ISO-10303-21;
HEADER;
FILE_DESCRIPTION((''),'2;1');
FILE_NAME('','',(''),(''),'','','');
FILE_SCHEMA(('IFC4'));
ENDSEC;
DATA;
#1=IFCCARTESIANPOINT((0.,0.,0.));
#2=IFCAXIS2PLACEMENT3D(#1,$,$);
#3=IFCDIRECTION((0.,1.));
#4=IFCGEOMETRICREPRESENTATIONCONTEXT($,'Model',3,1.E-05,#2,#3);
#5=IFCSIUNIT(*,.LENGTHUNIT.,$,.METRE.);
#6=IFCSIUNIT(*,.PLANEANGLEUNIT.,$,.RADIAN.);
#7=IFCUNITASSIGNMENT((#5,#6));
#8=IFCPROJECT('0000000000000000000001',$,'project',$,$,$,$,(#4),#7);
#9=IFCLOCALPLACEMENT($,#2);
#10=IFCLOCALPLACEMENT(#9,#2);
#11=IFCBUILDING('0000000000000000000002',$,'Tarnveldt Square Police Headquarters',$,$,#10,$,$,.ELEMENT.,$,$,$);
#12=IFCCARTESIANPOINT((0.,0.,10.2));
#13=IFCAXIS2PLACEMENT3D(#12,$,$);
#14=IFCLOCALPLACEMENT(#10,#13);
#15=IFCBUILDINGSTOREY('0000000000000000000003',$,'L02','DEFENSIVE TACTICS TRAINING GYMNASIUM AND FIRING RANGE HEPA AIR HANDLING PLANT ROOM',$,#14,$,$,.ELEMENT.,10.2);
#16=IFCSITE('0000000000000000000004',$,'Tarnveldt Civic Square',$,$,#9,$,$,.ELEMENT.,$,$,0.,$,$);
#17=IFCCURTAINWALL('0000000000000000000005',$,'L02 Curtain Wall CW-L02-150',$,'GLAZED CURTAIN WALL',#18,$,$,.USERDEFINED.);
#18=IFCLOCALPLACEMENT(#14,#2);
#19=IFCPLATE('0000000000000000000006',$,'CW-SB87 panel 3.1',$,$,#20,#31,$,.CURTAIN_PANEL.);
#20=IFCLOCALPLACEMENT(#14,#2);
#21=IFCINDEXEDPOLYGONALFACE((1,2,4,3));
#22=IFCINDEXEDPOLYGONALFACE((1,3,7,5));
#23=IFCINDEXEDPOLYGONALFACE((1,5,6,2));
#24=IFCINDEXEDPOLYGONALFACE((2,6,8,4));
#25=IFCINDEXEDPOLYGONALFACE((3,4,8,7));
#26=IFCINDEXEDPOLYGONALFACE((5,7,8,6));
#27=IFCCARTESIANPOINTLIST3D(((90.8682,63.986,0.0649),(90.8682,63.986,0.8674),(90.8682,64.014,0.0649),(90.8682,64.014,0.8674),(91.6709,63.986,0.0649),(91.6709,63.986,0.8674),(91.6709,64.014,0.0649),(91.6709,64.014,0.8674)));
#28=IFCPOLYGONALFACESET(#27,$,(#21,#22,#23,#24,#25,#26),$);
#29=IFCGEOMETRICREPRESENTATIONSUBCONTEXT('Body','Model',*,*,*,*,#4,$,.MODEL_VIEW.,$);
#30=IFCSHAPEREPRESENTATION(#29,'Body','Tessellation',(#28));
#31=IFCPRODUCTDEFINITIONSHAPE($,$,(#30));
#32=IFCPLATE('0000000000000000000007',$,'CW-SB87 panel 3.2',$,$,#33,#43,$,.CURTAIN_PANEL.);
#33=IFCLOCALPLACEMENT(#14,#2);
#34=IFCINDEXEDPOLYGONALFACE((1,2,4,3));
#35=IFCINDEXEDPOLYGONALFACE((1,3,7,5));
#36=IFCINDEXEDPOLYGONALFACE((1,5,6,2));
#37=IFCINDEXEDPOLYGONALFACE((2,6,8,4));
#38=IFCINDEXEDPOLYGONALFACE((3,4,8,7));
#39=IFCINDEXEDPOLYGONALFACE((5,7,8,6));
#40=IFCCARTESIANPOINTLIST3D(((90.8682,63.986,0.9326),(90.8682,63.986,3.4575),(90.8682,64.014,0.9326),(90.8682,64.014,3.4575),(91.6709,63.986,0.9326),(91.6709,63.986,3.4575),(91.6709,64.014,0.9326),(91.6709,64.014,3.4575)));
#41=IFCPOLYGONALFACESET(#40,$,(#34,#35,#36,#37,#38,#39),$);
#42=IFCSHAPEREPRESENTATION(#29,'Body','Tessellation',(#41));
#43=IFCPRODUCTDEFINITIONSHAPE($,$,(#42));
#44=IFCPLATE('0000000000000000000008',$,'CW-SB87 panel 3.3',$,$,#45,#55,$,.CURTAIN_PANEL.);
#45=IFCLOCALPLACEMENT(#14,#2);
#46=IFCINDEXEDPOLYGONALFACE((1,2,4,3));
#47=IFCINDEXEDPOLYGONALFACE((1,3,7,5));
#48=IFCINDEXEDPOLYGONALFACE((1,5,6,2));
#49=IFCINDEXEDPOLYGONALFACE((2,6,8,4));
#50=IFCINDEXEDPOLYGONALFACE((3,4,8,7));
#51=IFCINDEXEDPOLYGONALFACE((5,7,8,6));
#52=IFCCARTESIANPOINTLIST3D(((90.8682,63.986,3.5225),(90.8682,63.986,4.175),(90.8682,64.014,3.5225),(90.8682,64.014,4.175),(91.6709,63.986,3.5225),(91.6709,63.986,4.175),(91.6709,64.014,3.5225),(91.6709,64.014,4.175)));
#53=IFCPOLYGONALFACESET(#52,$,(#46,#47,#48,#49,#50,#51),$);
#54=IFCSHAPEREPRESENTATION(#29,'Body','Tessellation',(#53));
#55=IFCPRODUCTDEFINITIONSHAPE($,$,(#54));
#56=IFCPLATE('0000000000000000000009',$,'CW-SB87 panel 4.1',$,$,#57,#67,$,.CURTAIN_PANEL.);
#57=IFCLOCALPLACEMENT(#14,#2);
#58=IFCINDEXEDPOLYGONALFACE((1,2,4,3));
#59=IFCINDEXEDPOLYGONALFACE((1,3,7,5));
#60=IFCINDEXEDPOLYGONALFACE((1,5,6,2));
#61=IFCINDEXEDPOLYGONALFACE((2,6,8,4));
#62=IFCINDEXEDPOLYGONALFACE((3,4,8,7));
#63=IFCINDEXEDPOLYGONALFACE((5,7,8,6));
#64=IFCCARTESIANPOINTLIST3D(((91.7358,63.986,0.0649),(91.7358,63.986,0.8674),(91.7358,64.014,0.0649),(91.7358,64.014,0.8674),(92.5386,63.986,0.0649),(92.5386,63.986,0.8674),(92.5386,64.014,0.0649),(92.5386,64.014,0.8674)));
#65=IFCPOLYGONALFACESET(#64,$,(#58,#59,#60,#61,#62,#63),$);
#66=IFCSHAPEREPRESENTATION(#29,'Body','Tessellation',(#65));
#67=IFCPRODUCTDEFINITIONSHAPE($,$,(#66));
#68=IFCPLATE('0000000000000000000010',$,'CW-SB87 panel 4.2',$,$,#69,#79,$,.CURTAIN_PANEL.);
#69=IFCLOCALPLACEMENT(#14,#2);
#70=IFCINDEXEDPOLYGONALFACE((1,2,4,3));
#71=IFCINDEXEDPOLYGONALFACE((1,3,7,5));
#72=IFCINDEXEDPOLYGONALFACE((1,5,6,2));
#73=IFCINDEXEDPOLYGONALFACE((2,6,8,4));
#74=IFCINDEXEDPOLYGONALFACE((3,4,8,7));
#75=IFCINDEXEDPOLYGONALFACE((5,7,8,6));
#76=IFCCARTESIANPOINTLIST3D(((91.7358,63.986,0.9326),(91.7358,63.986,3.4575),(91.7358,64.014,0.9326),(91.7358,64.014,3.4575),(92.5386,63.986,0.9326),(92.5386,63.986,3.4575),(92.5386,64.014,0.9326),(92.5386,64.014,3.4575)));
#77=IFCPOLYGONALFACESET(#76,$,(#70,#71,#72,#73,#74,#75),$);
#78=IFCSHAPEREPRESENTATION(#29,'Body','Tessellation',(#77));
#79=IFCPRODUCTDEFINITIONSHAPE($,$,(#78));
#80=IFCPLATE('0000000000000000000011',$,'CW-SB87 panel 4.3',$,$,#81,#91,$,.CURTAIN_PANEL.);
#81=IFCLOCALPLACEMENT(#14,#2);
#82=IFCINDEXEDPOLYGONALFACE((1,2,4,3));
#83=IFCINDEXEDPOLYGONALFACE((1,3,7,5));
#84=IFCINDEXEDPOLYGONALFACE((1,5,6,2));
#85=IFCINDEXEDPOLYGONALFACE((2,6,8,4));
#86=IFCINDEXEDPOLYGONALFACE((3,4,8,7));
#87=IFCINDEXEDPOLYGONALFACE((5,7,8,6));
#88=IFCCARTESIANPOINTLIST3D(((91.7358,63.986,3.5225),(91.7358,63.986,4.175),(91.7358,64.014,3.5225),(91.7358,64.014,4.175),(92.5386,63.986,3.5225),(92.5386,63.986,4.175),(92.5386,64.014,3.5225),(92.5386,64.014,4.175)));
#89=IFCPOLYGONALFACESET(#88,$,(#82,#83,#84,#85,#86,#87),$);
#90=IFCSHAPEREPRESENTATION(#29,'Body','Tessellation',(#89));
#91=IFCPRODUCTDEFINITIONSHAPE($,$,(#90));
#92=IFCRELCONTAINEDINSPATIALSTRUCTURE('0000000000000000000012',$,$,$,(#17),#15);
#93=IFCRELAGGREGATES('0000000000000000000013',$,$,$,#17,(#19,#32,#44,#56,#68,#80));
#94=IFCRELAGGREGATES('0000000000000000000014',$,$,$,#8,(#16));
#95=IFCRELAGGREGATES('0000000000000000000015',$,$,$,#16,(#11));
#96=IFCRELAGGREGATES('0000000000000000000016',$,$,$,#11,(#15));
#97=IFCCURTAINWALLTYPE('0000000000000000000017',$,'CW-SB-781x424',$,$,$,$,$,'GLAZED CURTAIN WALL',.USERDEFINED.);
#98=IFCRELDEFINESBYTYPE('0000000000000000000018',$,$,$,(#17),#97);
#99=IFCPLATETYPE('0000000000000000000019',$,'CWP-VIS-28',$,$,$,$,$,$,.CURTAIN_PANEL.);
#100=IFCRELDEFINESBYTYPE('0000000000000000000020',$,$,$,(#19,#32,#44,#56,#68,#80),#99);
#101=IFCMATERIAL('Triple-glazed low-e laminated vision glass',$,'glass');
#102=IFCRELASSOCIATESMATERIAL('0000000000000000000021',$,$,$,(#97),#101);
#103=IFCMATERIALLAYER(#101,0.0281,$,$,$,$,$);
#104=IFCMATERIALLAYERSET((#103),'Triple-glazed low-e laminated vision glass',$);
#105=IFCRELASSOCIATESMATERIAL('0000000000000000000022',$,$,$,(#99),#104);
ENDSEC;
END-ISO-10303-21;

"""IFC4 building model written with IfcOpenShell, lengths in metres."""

from ifc_helpers import new_model, si_unit, direction, frame, origin, origin_2d, place, context, subcontext, project, spatial, rectangle, extrude, material, layer, layer_set, type_object, element, aggregate, save


model = new_model("IFC4")

# Units and contexts
model_context = context("Model", 3, precision=1e-05, world=origin(), true_north=direction((0.0, 1.0)))
body_context = subcontext(model_context, "Body", "Model", "MODEL_VIEW")
ifc_project = project(units=[si_unit("LENGTHUNIT", "METRE"), si_unit("PLANEANGLEUNIT", "RADIAN")], contexts=[model_context])

# Site, building, storey
site_placement = place(None, origin())
site = spatial("IfcSite", under=ifc_project, at=site_placement, Name="Tarnveldt Civic Square", CompositionType="ELEMENT", RefElevation=0.0)
building_placement = place(site_placement, origin())
building = spatial("IfcBuilding", under=site, at=building_placement, Name="Tarnveldt Square Police Headquarters", CompositionType="ELEMENT")
storey_placement = place(building_placement, frame((0.0, 0.0, 10.2)))
storey = spatial("IfcBuildingStorey", under=building, at=storey_placement, Name="L02", Description="DEFENSIVE TACTICS TRAINING GYMNASIUM AND FIRING RANGE HEPA AIR HANDLING PLANT ROOM", CompositionType="ELEMENT", Elevation=10.2)

# Curtain wall, plates
ifc_material_1 = material(Name="Triple-glazed low-e laminated vision glass", Category="glass")
curtain_wall_type = type_object("IfcCurtainWallType", Name="CW-SB-781x424", ElementType="GLAZED CURTAIN WALL", PredefinedType="USERDEFINED", material=ifc_material_1)
curtain_wall_placement = place(storey_placement, origin())
curtain_wall = element("IfcCurtainWall", 1, at=curtain_wall_placement, inside=storey, type_object=curtain_wall_type, Name="L02 Curtain Wall CW-L02-150", ObjectType="GLAZED CURTAIN WALL", PredefinedType="USERDEFINED")
ifc_layer = layer(ifc_material_1, 0.0281)
ifc_layer_set = layer_set([ifc_layer], Name="Triple-glazed low-e laminated vision glass")
plate_type = type_object("IfcPlateType", Name="CWP-VIS-28", PredefinedType="CURTAIN_PANEL", material=ifc_layer_set)
plate_1_placement = place(storey_placement, frame((91.2695, 64.0, 0.0649), z_axis=(0.0, 0.0, 1.0), x_axis=(1.0, 0.0, 0.0)))
plate_1 = element("IfcPlate", 2, at=plate_1_placement, type_object=plate_type, Name="CW-SB87 panel 3.1", PredefinedType="CURTAIN_PANEL", context=body_context, shape_type="SweptSolid", body=[
    extrude(rectangle(XDim=0.8027, YDim=0.0281, at=origin_2d()), origin(), (0.0, 0.0, 1.0), 0.8025),
])
plate_2_placement = place(storey_placement, frame((91.2695, 64.0, 0.9326), z_axis=(0.0, 0.0, 1.0), x_axis=(1.0, 0.0, 0.0)))
plate_2 = element("IfcPlate", 3, at=plate_2_placement, type_object=plate_type, Name="CW-SB87 panel 3.2", PredefinedType="CURTAIN_PANEL", context=body_context, shape_type="SweptSolid", body=[
    extrude(rectangle(XDim=0.8027, YDim=0.0281, at=origin_2d()), origin(), (0.0, 0.0, 1.0), 2.5249),
])
plate_3_placement = place(storey_placement, frame((91.2695, 64.0, 3.5225), z_axis=(0.0, 0.0, 1.0), x_axis=(1.0, 0.0, 0.0)))
plate_3 = element("IfcPlate", 4, at=plate_3_placement, type_object=plate_type, Name="CW-SB87 panel 3.3", PredefinedType="CURTAIN_PANEL", context=body_context, shape_type="SweptSolid", body=[
    extrude(rectangle(XDim=0.8027, YDim=0.0281, at=origin_2d()), origin(), (0.0, 0.0, 1.0), 0.6526),
])
plate_4_placement = place(storey_placement, frame((92.1372, 64.0, 0.0649), z_axis=(0.0, 0.0, 1.0), x_axis=(1.0, 0.0, 0.0)))
plate_4 = element("IfcPlate", 5, at=plate_4_placement, type_object=plate_type, Name="CW-SB87 panel 4.1", PredefinedType="CURTAIN_PANEL", context=body_context, shape_type="SweptSolid", body=[
    extrude(rectangle(XDim=0.8027, YDim=0.0281, at=origin_2d()), origin(), (0.0, 0.0, 1.0), 0.8025),
])
plate_5_placement = place(storey_placement, frame((92.1372, 64.0, 0.9326), z_axis=(0.0, 0.0, 1.0), x_axis=(1.0, 0.0, 0.0)))
plate_5 = element("IfcPlate", 6, at=plate_5_placement, type_object=plate_type, Name="CW-SB87 panel 4.2", PredefinedType="CURTAIN_PANEL", context=body_context, shape_type="SweptSolid", body=[
    extrude(rectangle(XDim=0.8027, YDim=0.0281, at=origin_2d()), origin(), (0.0, 0.0, 1.0), 2.5249),
])
plate_6_placement = place(storey_placement, frame((92.1372, 64.0, 3.5225), z_axis=(0.0, 0.0, 1.0), x_axis=(1.0, 0.0, 0.0)))
plate_6 = element("IfcPlate", 7, at=plate_6_placement, type_object=plate_type, Name="CW-SB87 panel 4.3", PredefinedType="CURTAIN_PANEL", context=body_context, shape_type="SweptSolid", body=[
    extrude(rectangle(XDim=0.8027, YDim=0.0281, at=origin_2d()), origin(), (0.0, 0.0, 1.0), 0.6526),
])
aggregate(curtain_wall, [plate_1, plate_2, plate_3, plate_4, plate_5, plate_6])

save(model, "model.ifc")
